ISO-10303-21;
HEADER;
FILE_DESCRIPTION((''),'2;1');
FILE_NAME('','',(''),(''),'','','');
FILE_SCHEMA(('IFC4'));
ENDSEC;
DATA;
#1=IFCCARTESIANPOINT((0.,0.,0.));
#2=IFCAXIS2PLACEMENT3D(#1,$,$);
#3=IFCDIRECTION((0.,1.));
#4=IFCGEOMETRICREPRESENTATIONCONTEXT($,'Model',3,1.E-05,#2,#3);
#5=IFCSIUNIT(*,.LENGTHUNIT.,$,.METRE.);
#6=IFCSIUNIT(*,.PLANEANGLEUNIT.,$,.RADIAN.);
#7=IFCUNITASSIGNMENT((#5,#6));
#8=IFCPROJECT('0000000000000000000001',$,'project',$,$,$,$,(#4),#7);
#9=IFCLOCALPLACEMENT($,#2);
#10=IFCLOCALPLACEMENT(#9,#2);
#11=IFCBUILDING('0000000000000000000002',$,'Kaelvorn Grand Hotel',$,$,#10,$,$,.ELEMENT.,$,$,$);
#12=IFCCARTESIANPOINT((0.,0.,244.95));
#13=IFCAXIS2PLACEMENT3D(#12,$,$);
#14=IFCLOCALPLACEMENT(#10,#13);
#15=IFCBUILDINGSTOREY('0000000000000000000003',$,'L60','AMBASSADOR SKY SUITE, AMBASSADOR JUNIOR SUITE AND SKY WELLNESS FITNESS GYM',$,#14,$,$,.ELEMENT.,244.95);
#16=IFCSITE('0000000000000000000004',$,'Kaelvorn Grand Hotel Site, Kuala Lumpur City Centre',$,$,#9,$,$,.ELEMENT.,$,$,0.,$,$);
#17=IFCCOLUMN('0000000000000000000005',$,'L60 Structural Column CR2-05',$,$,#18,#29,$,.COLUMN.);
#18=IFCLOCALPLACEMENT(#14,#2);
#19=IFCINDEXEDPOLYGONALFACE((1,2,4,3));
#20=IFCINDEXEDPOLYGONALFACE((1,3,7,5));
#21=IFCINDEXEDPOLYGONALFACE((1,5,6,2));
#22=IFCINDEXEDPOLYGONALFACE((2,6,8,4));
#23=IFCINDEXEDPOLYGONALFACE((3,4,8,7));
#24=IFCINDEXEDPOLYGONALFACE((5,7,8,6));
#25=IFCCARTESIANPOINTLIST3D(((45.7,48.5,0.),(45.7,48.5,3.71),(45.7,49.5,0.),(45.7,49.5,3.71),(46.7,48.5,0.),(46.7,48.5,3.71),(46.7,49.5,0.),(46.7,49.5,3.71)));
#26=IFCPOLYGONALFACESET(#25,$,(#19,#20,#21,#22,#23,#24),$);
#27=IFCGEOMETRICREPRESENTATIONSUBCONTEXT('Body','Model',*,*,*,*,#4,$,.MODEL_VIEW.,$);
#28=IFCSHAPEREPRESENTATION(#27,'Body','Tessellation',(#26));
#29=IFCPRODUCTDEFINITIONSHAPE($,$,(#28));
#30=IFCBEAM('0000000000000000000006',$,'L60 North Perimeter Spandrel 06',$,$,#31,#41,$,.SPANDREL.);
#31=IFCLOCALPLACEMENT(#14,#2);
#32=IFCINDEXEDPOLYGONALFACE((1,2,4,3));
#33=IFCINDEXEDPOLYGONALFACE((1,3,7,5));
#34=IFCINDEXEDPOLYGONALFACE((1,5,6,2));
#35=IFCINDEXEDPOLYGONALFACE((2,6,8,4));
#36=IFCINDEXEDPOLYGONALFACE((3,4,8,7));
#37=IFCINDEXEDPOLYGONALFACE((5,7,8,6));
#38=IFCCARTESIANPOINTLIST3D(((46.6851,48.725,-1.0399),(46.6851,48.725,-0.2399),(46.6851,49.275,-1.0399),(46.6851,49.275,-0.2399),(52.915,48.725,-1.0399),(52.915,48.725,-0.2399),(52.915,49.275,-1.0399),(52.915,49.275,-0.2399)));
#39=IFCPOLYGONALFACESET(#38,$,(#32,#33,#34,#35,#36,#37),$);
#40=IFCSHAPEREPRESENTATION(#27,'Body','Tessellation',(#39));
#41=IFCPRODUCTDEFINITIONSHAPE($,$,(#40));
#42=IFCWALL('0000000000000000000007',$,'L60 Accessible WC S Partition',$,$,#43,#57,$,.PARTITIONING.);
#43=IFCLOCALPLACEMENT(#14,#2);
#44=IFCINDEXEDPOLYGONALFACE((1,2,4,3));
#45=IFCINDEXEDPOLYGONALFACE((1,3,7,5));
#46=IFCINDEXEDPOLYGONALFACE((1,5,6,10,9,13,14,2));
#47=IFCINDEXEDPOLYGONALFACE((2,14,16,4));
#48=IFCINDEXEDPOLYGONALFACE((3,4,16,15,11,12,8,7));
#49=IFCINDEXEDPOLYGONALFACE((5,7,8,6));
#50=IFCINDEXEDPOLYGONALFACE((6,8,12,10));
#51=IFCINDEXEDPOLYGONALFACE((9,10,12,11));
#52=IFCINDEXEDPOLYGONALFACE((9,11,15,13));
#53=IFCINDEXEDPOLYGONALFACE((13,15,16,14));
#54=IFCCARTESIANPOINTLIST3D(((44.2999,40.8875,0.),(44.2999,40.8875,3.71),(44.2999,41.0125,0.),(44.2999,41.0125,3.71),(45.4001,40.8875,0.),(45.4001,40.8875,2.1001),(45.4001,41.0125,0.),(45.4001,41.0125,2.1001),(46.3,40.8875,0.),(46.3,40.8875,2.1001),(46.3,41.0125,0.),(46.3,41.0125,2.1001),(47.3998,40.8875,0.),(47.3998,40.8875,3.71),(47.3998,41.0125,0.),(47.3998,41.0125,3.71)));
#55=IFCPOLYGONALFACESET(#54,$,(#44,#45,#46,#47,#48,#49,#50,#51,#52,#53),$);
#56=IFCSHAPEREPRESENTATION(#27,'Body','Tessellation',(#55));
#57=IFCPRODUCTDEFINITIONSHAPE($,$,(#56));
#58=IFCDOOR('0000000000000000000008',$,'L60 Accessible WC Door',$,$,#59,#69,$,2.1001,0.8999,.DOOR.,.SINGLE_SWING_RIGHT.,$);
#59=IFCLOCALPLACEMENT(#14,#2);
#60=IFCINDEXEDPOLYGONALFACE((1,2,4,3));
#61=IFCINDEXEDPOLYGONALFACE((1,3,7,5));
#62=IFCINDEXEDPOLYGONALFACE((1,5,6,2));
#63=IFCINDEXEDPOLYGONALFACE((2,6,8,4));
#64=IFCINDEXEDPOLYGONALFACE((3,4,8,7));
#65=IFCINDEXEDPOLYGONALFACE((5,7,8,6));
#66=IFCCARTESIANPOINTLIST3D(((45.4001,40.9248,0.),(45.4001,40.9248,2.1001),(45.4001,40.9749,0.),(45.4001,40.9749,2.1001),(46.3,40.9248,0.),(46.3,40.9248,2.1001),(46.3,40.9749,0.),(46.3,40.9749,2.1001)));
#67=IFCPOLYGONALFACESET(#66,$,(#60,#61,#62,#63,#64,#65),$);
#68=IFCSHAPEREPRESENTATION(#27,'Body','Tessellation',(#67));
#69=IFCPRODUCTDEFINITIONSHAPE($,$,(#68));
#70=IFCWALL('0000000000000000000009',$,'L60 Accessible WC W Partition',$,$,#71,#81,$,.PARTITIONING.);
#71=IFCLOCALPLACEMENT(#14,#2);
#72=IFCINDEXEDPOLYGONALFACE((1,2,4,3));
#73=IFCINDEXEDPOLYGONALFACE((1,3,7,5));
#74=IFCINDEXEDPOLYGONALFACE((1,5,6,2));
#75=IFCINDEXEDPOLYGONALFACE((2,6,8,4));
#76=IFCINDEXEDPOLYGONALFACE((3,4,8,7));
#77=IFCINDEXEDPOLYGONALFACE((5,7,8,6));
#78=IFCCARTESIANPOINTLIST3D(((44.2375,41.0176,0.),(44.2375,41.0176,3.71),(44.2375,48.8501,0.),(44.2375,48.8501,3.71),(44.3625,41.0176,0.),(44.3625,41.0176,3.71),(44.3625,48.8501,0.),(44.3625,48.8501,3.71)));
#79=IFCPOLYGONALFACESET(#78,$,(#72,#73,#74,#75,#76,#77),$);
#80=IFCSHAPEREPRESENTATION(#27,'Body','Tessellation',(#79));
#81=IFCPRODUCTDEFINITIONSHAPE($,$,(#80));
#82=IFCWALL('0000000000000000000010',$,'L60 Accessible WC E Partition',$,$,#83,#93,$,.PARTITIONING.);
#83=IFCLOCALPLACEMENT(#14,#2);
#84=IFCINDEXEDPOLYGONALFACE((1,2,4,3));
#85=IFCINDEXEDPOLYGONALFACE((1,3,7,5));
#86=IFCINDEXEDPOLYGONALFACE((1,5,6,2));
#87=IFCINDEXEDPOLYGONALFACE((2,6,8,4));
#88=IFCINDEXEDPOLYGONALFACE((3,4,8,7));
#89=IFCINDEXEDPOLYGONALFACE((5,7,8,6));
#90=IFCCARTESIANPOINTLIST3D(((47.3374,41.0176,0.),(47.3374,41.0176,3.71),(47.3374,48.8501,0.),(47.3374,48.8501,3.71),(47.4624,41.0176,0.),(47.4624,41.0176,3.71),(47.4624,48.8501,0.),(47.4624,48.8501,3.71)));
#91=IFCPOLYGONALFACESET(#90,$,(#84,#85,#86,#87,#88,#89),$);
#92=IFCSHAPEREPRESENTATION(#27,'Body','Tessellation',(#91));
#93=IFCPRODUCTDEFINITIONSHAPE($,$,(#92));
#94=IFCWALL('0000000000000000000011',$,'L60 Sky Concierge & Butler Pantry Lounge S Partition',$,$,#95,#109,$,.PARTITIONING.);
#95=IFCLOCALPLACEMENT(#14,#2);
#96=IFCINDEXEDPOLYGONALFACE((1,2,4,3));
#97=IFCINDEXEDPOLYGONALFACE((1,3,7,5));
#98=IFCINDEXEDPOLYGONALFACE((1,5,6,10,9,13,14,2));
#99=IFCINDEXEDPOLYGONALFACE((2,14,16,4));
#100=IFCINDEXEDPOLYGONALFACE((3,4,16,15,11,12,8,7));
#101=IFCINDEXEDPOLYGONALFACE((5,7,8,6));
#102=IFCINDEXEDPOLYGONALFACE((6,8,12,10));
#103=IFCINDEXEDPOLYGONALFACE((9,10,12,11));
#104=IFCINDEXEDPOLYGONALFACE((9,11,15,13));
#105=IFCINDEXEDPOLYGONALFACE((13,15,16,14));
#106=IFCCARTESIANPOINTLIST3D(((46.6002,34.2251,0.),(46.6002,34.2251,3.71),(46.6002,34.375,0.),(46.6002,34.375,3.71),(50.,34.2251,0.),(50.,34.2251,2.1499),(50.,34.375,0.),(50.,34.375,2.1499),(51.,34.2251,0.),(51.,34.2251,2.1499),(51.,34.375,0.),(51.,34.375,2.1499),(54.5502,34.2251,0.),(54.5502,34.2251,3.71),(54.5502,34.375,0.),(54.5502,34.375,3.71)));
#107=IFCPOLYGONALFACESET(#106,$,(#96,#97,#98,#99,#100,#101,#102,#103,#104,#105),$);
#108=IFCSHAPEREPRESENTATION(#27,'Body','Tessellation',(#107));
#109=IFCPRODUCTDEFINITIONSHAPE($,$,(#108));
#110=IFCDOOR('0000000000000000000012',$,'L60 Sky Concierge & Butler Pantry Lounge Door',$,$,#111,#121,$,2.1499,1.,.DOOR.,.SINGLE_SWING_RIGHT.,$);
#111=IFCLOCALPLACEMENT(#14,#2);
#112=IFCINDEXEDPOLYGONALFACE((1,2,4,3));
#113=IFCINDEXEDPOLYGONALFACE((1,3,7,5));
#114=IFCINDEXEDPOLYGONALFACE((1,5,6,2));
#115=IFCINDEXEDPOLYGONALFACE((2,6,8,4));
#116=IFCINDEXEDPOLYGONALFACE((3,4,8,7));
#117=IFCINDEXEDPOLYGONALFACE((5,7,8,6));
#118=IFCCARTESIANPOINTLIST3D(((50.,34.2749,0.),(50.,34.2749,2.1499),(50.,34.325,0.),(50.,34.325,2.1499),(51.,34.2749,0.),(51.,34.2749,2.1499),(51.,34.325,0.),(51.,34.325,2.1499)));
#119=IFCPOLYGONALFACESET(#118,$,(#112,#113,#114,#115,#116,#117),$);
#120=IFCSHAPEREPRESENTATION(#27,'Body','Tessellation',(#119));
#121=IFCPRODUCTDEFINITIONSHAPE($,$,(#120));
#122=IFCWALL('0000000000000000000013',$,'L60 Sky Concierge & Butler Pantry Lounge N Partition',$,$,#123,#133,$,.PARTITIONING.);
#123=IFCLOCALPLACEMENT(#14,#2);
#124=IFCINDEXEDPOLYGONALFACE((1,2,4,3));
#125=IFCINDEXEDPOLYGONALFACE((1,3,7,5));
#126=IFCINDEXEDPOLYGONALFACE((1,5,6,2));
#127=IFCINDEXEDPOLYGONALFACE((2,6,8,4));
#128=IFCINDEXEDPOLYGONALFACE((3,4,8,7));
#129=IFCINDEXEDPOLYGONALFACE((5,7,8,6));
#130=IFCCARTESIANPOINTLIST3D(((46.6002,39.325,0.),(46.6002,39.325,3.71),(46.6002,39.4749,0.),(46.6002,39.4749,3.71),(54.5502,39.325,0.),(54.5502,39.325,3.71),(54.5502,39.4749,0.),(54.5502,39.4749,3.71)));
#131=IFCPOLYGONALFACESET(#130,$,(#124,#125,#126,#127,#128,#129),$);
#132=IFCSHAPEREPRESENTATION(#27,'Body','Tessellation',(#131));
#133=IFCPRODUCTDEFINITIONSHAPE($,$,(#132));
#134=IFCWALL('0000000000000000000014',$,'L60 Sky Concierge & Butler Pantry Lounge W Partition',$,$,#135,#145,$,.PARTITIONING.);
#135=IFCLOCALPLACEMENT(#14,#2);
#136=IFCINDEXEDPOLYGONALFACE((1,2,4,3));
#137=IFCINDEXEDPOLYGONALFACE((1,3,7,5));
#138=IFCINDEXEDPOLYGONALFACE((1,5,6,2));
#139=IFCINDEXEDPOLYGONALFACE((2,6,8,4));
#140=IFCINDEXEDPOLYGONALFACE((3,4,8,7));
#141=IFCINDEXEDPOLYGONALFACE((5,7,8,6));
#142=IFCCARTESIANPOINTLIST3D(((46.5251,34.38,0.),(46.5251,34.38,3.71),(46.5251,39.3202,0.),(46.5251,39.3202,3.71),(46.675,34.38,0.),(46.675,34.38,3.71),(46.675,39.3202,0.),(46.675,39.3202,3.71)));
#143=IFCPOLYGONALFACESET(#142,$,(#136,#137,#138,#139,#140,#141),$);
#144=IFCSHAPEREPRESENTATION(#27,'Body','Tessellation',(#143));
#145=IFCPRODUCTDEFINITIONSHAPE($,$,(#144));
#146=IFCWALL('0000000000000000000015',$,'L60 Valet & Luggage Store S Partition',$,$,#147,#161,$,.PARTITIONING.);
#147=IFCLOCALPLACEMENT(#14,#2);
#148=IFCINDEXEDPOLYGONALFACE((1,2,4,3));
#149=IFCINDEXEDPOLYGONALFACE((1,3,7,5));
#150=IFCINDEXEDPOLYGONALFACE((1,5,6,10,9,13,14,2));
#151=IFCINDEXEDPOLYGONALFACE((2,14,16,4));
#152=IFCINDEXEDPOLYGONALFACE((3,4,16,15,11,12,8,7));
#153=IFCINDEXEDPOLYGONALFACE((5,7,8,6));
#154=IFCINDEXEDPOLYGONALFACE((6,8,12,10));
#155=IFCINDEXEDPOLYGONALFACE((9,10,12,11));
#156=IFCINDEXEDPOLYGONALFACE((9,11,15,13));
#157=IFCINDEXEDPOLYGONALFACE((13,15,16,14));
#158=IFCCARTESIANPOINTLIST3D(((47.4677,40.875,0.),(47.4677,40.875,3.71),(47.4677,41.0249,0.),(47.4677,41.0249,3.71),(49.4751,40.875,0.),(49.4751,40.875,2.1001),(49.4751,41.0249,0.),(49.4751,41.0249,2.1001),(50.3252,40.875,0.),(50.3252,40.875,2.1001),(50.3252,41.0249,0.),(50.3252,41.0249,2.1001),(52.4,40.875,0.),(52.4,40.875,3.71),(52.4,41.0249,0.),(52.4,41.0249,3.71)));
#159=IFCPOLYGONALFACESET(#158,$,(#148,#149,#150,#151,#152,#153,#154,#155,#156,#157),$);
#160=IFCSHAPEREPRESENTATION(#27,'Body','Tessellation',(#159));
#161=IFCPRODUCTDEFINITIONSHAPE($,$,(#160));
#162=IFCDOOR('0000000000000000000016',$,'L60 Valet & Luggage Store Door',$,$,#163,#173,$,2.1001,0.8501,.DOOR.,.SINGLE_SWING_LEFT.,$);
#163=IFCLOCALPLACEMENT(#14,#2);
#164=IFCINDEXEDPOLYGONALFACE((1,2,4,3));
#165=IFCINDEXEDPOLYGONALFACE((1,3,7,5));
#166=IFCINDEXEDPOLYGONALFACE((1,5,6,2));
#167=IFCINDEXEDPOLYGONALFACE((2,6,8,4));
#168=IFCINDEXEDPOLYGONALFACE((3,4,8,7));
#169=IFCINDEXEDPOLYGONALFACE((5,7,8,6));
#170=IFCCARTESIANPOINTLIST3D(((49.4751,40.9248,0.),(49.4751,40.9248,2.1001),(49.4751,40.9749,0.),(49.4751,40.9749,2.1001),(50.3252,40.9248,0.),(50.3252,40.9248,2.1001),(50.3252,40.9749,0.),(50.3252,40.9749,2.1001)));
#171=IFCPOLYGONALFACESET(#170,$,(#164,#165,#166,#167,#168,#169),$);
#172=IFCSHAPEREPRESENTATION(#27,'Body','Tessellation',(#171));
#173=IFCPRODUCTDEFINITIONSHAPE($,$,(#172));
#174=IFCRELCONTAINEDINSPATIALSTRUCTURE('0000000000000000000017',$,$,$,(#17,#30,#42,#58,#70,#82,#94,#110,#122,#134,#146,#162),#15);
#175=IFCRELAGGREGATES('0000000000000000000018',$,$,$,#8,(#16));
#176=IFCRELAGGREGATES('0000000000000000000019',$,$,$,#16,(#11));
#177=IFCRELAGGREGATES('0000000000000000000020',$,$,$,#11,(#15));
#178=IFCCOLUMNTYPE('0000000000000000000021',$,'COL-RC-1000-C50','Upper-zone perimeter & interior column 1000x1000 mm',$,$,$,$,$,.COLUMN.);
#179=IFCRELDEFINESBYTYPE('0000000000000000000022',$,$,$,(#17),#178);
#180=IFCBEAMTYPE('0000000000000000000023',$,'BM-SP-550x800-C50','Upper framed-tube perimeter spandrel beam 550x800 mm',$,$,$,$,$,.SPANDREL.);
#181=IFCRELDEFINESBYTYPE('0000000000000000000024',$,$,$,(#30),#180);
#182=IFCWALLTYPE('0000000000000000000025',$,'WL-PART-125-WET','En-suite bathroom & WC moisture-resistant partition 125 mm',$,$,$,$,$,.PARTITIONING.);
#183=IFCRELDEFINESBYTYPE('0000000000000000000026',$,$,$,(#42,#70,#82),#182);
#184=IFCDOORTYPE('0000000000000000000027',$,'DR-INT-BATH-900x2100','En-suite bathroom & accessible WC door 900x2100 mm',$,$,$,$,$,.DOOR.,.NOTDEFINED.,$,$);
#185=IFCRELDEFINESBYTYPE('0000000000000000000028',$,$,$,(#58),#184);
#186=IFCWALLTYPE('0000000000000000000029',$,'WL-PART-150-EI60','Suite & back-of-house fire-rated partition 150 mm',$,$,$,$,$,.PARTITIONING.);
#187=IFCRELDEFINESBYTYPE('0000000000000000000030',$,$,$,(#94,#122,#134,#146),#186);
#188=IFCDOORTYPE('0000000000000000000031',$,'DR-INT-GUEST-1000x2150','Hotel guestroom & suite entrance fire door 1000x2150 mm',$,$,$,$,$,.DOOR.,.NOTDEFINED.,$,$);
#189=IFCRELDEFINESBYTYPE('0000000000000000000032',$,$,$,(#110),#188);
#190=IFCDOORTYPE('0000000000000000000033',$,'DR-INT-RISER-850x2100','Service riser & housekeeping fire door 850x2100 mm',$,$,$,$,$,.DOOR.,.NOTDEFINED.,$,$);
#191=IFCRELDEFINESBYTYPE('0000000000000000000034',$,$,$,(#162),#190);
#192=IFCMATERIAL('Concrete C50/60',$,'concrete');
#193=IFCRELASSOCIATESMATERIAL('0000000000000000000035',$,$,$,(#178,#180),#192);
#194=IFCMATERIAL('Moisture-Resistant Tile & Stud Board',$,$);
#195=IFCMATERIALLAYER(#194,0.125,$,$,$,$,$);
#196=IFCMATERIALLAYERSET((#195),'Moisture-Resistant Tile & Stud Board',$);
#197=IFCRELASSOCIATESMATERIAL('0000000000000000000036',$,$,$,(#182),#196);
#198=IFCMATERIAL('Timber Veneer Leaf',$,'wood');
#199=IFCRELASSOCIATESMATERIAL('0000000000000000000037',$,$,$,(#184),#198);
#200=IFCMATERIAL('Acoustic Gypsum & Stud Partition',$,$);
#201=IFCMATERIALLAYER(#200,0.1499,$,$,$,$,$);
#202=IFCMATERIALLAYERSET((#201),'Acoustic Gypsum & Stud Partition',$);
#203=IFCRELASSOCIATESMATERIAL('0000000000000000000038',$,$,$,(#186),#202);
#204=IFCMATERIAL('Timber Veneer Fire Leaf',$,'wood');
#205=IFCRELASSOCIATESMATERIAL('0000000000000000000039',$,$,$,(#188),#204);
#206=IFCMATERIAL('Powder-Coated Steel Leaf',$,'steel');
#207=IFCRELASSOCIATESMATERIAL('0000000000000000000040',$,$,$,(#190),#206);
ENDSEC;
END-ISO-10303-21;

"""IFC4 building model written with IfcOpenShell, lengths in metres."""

from ifc_helpers import new_model, si_unit, direction, frame, frame_2d, origin, origin_2d, place, context, subcontext, project, spatial, rectangle, extrude, material, layer, layer_set, material_profile, profile_set, type_object, element, fill, save


model = new_model("IFC4")

# Units and contexts
model_context = context("Model", 3, precision=1e-05, world=origin(), true_north=direction((0.0, 1.0)))
body_context = subcontext(model_context, "Body", "Model", "MODEL_VIEW")
ifc_project = project(units=[si_unit("LENGTHUNIT", "METRE"), si_unit("PLANEANGLEUNIT", "RADIAN")], contexts=[model_context])

# Site, building, storey
site_placement = place(None, origin())
site = spatial("IfcSite", under=ifc_project, at=site_placement, Name="Kaelvorn Grand Hotel Site, Kuala Lumpur City Centre", CompositionType="ELEMENT", RefElevation=0.0)
building_placement = place(site_placement, origin())
building = spatial("IfcBuilding", under=site, at=building_placement, Name="Kaelvorn Grand Hotel", CompositionType="ELEMENT")
storey_placement = place(building_placement, frame((0.0, 0.0, 244.95)))
storey = spatial("IfcBuildingStorey", under=building, at=storey_placement, Name="L60", Description="AMBASSADOR SKY SUITE, AMBASSADOR JUNIOR SUITE AND SKY WELLNESS FITNESS GYM", CompositionType="ELEMENT", Elevation=244.95)

# Column
ifc_material_1 = material(Name="Concrete C50/60", Category="concrete")
ifc_material_profile_1 = material_profile(ifc_material_1, rectangle(XDim=1.0, YDim=1.0, at=origin_2d()), Name="RC COL 1000x1000")
ifc_profile_set_1 = profile_set([ifc_material_profile_1], Name="Concrete C50/60")
column_type = type_object("IfcColumnType", Name="COL-RC-1000-C50", Description="Upper-zone perimeter & interior column 1000x1000 mm", PredefinedType="COLUMN", material=ifc_profile_set_1)
column_placement = place(storey_placement, frame((46.2, 49.0, 0.0), z_axis=(0.0, 0.0, 1.0), x_axis=(1.0, 0.0, 0.0)))
element("IfcColumn", 1, at=column_placement, inside=storey, type_object=column_type, Name="L60 Structural Column CR2-05", PredefinedType="COLUMN", context=body_context, shape_type="SweptSolid", body=[
    extrude(rectangle(XDim=1.0, YDim=1.0, at=origin_2d()), origin(), (0.0, 0.0, 1.0), 3.71),
])

# Beam
ifc_material_profile_2 = material_profile(ifc_material_1, rectangle(XDim=0.55, YDim=0.8, at=origin_2d()), Name="RC SPANDREL 550x800")
ifc_profile_set_2 = profile_set([ifc_material_profile_2], Name="Concrete C50/60")
beam_type = type_object("IfcBeamType", Name="BM-SP-550x800-C50", Description="Upper framed-tube perimeter spandrel beam 550x800 mm", PredefinedType="SPANDREL", material=ifc_profile_set_2)
beam_placement = place(storey_placement, frame((46.6851, 49.0, -0.6399), z_axis=(1.0, 0.0, 0.0), x_axis=(0.0, 1.0, 0.0)))
element("IfcBeam", 2, at=beam_placement, inside=storey, type_object=beam_type, Name="L60 North Perimeter Spandrel 06", PredefinedType="SPANDREL", context=body_context, shape_type="SweptSolid", body=[
    extrude(rectangle(XDim=0.55, YDim=0.8, at=origin_2d()), origin(), (0.0, 0.0, 1.0), 6.23),
])

# Wall, opening, door
ifc_material_2 = material(Name="Moisture-Resistant Tile & Stud Board")
ifc_layer_1 = layer(ifc_material_2, 0.125)
ifc_layer_set_1 = layer_set([ifc_layer_1], Name="Moisture-Resistant Tile & Stud Board")
wall_type_1 = type_object("IfcWallType", Name="WL-PART-125-WET", Description="En-suite bathroom & WC moisture-resistant partition 125 mm", PredefinedType="PARTITIONING", material=ifc_layer_set_1)
wall_1_placement = place(storey_placement, frame((44.3, 40.95, 0.0), z_axis=(0.0, 0.0, 1.0), x_axis=(1.0, 0.0, 0.0)))
wall_1 = element("IfcWall", 3, at=wall_1_placement, inside=storey, type_object=wall_type_1, Name="L60 Accessible WC S Partition", PredefinedType="PARTITIONING", context=body_context, shape_type="SweptSolid", body=[
    extrude(rectangle(XDim=3.0999, YDim=0.125, at=frame_2d((1.5498, 0.0))), origin(), (0.0, 0.0, 1.0), 3.71),
])
opening_1_placement = place(wall_1_placement, frame((1.1001, 0.0, 0.0)))
opening_1 = element("IfcOpeningElement", 4, at=opening_1_placement, cuts=wall_1, PredefinedType="OPENING", context=body_context, shape_type="SweptSolid", body=[
    extrude(rectangle(XDim=0.8999, YDim=2.1001, at=frame_2d((0.45, 1.05))), frame((0.0, 0.0725, 0.0), z_axis=(0.0, -1.0, 0.0), x_axis=(1.0, 0.0, 0.0)), (0.0, 0.0, 1.0), 0.145),
])
ifc_material_3 = material(Name="Timber Veneer Leaf", Category="wood")
door_type_1 = type_object("IfcDoorType", Name="DR-INT-BATH-900x2100", Description="En-suite bathroom & accessible WC door 900x2100 mm", OperationType="NOTDEFINED", PredefinedType="DOOR", material=ifc_material_3)
door_1_placement = place(opening_1_placement, origin())
door_1 = element("IfcDoor", 5, at=door_1_placement, inside=storey, type_object=door_type_1, Name="L60 Accessible WC Door", OperationType="SINGLE_SWING_RIGHT", OverallHeight=2.1001, OverallWidth=0.8999, PredefinedType="DOOR", context=body_context, shape_type="SweptSolid", body=[
    extrude(rectangle(XDim=0.8999, YDim=2.1001, at=frame_2d((0.45, 1.05))), frame((0.0, 0.0249, 0.0), z_axis=(0.0, -1.0, 0.0), x_axis=(1.0, 0.0, 0.0)), (0.0, 0.0, 1.0), 0.05),
])
fill(opening_1, door_1)

# Walls
for number, where, z_axis, x_axis, name in (
    (6, (44.3, 41.0176, 0.0), (0.0, 0.0, 1.0), (0.0, 1.0, 0.0), "L60 Accessible WC W Partition"),
    (7, (47.3999, 41.0176, 0.0), (0.0, 0.0, 1.0), (0.0, 1.0, 0.0), "L60 Accessible WC E Partition"),
):
    element("IfcWall", number, at=place(storey_placement, frame(where, z_axis=z_axis, x_axis=x_axis)), inside=storey, type_object=wall_type_1, Name=name, PredefinedType="PARTITIONING", context=body_context, shape_type="SweptSolid", body=[
        extrude(rectangle(XDim=7.8325, YDim=0.125, at=frame_2d((3.9163, 0.0))), origin(), (0.0, 0.0, 1.0), 3.71),
    ])

# Wall, opening, door
ifc_material_4 = material(Name="Acoustic Gypsum & Stud Partition")
ifc_layer_2 = layer(ifc_material_4, 0.1499)
ifc_layer_set_2 = layer_set([ifc_layer_2], Name="Acoustic Gypsum & Stud Partition")
wall_type_2 = type_object("IfcWallType", Name="WL-PART-150-EI60", Description="Suite & back-of-house fire-rated partition 150 mm", PredefinedType="PARTITIONING", material=ifc_layer_set_2)
wall_2_placement = place(storey_placement, frame((46.6001, 34.3, 0.0), z_axis=(0.0, 0.0, 1.0), x_axis=(1.0, 0.0, 0.0)))
wall_2 = element("IfcWall", 8, at=wall_2_placement, inside=storey, type_object=wall_type_2, Name="L60 Sky Concierge & Butler Pantry Lounge S Partition", PredefinedType="PARTITIONING", context=body_context, shape_type="SweptSolid", body=[
    extrude(rectangle(XDim=7.95, YDim=0.1499, at=frame_2d((3.9751, 0.0))), origin(), (0.0, 0.0, 1.0), 3.71),
])
opening_2_placement = place(wall_2_placement, frame((3.3999, 0.0, 0.0)))
opening_2 = element("IfcOpeningElement", 9, at=opening_2_placement, cuts=wall_2, PredefinedType="OPENING", context=body_context, shape_type="SweptSolid", body=[
    extrude(rectangle(XDim=1.0, YDim=2.1499, at=frame_2d((0.5, 1.075))), frame((0.0, 0.085, 0.0), z_axis=(0.0, -1.0, 0.0), x_axis=(1.0, 0.0, 0.0)), (0.0, 0.0, 1.0), 0.1699),
])
ifc_material_5 = material(Name="Timber Veneer Fire Leaf", Category="wood")
door_type_2 = type_object("IfcDoorType", Name="DR-INT-GUEST-1000x2150", Description="Hotel guestroom & suite entrance fire door 1000x2150 mm", OperationType="NOTDEFINED", PredefinedType="DOOR", material=ifc_material_5)
door_2_placement = place(opening_2_placement, origin())
door_2 = element("IfcDoor", 10, at=door_2_placement, inside=storey, type_object=door_type_2, Name="L60 Sky Concierge & Butler Pantry Lounge Door", OperationType="SINGLE_SWING_RIGHT", OverallHeight=2.1499, OverallWidth=1.0, PredefinedType="DOOR", context=body_context, shape_type="SweptSolid", body=[
    extrude(rectangle(XDim=1.0, YDim=2.1499, at=frame_2d((0.5, 1.075))), frame((0.0, 0.0249, 0.0), z_axis=(0.0, -1.0, 0.0), x_axis=(1.0, 0.0, 0.0)), (0.0, 0.0, 1.0), 0.05),
])
fill(opening_2, door_2)

# Walls
wall_3_placement = place(storey_placement, frame((46.6001, 39.3999, 0.0), z_axis=(0.0, 0.0, 1.0), x_axis=(1.0, 0.0, 0.0)))
element("IfcWall", 11, at=wall_3_placement, inside=storey, type_object=wall_type_2, Name="L60 Sky Concierge & Butler Pantry Lounge N Partition", PredefinedType="PARTITIONING", context=body_context, shape_type="SweptSolid", body=[
    extrude(rectangle(XDim=7.95, YDim=0.1499, at=frame_2d((3.9751, 0.0))), origin(), (0.0, 0.0, 1.0), 3.71),
])
wall_4_placement = place(storey_placement, frame((46.6001, 34.3799, 0.0), z_axis=(0.0, 0.0, 1.0), x_axis=(0.0, 1.0, 0.0)))
element("IfcWall", 12, at=wall_4_placement, inside=storey, type_object=wall_type_2, Name="L60 Sky Concierge & Butler Pantry Lounge W Partition", PredefinedType="PARTITIONING", context=body_context, shape_type="SweptSolid", body=[
    extrude(rectangle(XDim=4.9402, YDim=0.1499, at=frame_2d((2.4702, 0.0))), origin(), (0.0, 0.0, 1.0), 3.71),
])

# Wall, opening, door
wall_5_placement = place(storey_placement, frame((47.4675, 40.95, 0.0), z_axis=(0.0, 0.0, 1.0), x_axis=(1.0, 0.0, 0.0)))
wall_5 = element("IfcWall", 13, at=wall_5_placement, inside=storey, type_object=wall_type_2, Name="L60 Valet & Luggage Store S Partition", PredefinedType="PARTITIONING", context=body_context, shape_type="SweptSolid", body=[
    extrude(rectangle(XDim=4.9324, YDim=0.1499, at=frame_2d((2.4663, 0.0))), origin(), (0.0, 0.0, 1.0), 3.71),
])
opening_3_placement = place(wall_5_placement, frame((2.0076, 0.0, 0.0)))
opening_3 = element("IfcOpeningElement", 14, at=opening_3_placement, cuts=wall_5, PredefinedType="OPENING", context=body_context, shape_type="SweptSolid", body=[
    extrude(rectangle(XDim=0.8501, YDim=2.1001, at=frame_2d((0.425, 1.05))), frame((0.0, 0.085, 0.0), z_axis=(0.0, -1.0, 0.0), x_axis=(1.0, 0.0, 0.0)), (0.0, 0.0, 1.0), 0.1699),
])
ifc_material_6 = material(Name="Powder-Coated Steel Leaf", Category="steel")
door_type_3 = type_object("IfcDoorType", Name="DR-INT-RISER-850x2100", Description="Service riser & housekeeping fire door 850x2100 mm", OperationType="NOTDEFINED", PredefinedType="DOOR", material=ifc_material_6)
door_3_placement = place(opening_3_placement, origin())
door_3 = element("IfcDoor", 15, at=door_3_placement, inside=storey, type_object=door_type_3, Name="L60 Valet & Luggage Store Door", OperationType="SINGLE_SWING_LEFT", OverallHeight=2.1001, OverallWidth=0.8501, PredefinedType="DOOR", context=body_context, shape_type="SweptSolid", body=[
    extrude(rectangle(XDim=0.8501, YDim=2.1001, at=frame_2d((0.425, 1.05))), frame((0.0, 0.0249, 0.0), z_axis=(0.0, -1.0, 0.0), x_axis=(1.0, 0.0, 0.0)), (0.0, 0.0, 1.0), 0.05),
])
fill(opening_3, door_3)

save(model, "model.ifc")
